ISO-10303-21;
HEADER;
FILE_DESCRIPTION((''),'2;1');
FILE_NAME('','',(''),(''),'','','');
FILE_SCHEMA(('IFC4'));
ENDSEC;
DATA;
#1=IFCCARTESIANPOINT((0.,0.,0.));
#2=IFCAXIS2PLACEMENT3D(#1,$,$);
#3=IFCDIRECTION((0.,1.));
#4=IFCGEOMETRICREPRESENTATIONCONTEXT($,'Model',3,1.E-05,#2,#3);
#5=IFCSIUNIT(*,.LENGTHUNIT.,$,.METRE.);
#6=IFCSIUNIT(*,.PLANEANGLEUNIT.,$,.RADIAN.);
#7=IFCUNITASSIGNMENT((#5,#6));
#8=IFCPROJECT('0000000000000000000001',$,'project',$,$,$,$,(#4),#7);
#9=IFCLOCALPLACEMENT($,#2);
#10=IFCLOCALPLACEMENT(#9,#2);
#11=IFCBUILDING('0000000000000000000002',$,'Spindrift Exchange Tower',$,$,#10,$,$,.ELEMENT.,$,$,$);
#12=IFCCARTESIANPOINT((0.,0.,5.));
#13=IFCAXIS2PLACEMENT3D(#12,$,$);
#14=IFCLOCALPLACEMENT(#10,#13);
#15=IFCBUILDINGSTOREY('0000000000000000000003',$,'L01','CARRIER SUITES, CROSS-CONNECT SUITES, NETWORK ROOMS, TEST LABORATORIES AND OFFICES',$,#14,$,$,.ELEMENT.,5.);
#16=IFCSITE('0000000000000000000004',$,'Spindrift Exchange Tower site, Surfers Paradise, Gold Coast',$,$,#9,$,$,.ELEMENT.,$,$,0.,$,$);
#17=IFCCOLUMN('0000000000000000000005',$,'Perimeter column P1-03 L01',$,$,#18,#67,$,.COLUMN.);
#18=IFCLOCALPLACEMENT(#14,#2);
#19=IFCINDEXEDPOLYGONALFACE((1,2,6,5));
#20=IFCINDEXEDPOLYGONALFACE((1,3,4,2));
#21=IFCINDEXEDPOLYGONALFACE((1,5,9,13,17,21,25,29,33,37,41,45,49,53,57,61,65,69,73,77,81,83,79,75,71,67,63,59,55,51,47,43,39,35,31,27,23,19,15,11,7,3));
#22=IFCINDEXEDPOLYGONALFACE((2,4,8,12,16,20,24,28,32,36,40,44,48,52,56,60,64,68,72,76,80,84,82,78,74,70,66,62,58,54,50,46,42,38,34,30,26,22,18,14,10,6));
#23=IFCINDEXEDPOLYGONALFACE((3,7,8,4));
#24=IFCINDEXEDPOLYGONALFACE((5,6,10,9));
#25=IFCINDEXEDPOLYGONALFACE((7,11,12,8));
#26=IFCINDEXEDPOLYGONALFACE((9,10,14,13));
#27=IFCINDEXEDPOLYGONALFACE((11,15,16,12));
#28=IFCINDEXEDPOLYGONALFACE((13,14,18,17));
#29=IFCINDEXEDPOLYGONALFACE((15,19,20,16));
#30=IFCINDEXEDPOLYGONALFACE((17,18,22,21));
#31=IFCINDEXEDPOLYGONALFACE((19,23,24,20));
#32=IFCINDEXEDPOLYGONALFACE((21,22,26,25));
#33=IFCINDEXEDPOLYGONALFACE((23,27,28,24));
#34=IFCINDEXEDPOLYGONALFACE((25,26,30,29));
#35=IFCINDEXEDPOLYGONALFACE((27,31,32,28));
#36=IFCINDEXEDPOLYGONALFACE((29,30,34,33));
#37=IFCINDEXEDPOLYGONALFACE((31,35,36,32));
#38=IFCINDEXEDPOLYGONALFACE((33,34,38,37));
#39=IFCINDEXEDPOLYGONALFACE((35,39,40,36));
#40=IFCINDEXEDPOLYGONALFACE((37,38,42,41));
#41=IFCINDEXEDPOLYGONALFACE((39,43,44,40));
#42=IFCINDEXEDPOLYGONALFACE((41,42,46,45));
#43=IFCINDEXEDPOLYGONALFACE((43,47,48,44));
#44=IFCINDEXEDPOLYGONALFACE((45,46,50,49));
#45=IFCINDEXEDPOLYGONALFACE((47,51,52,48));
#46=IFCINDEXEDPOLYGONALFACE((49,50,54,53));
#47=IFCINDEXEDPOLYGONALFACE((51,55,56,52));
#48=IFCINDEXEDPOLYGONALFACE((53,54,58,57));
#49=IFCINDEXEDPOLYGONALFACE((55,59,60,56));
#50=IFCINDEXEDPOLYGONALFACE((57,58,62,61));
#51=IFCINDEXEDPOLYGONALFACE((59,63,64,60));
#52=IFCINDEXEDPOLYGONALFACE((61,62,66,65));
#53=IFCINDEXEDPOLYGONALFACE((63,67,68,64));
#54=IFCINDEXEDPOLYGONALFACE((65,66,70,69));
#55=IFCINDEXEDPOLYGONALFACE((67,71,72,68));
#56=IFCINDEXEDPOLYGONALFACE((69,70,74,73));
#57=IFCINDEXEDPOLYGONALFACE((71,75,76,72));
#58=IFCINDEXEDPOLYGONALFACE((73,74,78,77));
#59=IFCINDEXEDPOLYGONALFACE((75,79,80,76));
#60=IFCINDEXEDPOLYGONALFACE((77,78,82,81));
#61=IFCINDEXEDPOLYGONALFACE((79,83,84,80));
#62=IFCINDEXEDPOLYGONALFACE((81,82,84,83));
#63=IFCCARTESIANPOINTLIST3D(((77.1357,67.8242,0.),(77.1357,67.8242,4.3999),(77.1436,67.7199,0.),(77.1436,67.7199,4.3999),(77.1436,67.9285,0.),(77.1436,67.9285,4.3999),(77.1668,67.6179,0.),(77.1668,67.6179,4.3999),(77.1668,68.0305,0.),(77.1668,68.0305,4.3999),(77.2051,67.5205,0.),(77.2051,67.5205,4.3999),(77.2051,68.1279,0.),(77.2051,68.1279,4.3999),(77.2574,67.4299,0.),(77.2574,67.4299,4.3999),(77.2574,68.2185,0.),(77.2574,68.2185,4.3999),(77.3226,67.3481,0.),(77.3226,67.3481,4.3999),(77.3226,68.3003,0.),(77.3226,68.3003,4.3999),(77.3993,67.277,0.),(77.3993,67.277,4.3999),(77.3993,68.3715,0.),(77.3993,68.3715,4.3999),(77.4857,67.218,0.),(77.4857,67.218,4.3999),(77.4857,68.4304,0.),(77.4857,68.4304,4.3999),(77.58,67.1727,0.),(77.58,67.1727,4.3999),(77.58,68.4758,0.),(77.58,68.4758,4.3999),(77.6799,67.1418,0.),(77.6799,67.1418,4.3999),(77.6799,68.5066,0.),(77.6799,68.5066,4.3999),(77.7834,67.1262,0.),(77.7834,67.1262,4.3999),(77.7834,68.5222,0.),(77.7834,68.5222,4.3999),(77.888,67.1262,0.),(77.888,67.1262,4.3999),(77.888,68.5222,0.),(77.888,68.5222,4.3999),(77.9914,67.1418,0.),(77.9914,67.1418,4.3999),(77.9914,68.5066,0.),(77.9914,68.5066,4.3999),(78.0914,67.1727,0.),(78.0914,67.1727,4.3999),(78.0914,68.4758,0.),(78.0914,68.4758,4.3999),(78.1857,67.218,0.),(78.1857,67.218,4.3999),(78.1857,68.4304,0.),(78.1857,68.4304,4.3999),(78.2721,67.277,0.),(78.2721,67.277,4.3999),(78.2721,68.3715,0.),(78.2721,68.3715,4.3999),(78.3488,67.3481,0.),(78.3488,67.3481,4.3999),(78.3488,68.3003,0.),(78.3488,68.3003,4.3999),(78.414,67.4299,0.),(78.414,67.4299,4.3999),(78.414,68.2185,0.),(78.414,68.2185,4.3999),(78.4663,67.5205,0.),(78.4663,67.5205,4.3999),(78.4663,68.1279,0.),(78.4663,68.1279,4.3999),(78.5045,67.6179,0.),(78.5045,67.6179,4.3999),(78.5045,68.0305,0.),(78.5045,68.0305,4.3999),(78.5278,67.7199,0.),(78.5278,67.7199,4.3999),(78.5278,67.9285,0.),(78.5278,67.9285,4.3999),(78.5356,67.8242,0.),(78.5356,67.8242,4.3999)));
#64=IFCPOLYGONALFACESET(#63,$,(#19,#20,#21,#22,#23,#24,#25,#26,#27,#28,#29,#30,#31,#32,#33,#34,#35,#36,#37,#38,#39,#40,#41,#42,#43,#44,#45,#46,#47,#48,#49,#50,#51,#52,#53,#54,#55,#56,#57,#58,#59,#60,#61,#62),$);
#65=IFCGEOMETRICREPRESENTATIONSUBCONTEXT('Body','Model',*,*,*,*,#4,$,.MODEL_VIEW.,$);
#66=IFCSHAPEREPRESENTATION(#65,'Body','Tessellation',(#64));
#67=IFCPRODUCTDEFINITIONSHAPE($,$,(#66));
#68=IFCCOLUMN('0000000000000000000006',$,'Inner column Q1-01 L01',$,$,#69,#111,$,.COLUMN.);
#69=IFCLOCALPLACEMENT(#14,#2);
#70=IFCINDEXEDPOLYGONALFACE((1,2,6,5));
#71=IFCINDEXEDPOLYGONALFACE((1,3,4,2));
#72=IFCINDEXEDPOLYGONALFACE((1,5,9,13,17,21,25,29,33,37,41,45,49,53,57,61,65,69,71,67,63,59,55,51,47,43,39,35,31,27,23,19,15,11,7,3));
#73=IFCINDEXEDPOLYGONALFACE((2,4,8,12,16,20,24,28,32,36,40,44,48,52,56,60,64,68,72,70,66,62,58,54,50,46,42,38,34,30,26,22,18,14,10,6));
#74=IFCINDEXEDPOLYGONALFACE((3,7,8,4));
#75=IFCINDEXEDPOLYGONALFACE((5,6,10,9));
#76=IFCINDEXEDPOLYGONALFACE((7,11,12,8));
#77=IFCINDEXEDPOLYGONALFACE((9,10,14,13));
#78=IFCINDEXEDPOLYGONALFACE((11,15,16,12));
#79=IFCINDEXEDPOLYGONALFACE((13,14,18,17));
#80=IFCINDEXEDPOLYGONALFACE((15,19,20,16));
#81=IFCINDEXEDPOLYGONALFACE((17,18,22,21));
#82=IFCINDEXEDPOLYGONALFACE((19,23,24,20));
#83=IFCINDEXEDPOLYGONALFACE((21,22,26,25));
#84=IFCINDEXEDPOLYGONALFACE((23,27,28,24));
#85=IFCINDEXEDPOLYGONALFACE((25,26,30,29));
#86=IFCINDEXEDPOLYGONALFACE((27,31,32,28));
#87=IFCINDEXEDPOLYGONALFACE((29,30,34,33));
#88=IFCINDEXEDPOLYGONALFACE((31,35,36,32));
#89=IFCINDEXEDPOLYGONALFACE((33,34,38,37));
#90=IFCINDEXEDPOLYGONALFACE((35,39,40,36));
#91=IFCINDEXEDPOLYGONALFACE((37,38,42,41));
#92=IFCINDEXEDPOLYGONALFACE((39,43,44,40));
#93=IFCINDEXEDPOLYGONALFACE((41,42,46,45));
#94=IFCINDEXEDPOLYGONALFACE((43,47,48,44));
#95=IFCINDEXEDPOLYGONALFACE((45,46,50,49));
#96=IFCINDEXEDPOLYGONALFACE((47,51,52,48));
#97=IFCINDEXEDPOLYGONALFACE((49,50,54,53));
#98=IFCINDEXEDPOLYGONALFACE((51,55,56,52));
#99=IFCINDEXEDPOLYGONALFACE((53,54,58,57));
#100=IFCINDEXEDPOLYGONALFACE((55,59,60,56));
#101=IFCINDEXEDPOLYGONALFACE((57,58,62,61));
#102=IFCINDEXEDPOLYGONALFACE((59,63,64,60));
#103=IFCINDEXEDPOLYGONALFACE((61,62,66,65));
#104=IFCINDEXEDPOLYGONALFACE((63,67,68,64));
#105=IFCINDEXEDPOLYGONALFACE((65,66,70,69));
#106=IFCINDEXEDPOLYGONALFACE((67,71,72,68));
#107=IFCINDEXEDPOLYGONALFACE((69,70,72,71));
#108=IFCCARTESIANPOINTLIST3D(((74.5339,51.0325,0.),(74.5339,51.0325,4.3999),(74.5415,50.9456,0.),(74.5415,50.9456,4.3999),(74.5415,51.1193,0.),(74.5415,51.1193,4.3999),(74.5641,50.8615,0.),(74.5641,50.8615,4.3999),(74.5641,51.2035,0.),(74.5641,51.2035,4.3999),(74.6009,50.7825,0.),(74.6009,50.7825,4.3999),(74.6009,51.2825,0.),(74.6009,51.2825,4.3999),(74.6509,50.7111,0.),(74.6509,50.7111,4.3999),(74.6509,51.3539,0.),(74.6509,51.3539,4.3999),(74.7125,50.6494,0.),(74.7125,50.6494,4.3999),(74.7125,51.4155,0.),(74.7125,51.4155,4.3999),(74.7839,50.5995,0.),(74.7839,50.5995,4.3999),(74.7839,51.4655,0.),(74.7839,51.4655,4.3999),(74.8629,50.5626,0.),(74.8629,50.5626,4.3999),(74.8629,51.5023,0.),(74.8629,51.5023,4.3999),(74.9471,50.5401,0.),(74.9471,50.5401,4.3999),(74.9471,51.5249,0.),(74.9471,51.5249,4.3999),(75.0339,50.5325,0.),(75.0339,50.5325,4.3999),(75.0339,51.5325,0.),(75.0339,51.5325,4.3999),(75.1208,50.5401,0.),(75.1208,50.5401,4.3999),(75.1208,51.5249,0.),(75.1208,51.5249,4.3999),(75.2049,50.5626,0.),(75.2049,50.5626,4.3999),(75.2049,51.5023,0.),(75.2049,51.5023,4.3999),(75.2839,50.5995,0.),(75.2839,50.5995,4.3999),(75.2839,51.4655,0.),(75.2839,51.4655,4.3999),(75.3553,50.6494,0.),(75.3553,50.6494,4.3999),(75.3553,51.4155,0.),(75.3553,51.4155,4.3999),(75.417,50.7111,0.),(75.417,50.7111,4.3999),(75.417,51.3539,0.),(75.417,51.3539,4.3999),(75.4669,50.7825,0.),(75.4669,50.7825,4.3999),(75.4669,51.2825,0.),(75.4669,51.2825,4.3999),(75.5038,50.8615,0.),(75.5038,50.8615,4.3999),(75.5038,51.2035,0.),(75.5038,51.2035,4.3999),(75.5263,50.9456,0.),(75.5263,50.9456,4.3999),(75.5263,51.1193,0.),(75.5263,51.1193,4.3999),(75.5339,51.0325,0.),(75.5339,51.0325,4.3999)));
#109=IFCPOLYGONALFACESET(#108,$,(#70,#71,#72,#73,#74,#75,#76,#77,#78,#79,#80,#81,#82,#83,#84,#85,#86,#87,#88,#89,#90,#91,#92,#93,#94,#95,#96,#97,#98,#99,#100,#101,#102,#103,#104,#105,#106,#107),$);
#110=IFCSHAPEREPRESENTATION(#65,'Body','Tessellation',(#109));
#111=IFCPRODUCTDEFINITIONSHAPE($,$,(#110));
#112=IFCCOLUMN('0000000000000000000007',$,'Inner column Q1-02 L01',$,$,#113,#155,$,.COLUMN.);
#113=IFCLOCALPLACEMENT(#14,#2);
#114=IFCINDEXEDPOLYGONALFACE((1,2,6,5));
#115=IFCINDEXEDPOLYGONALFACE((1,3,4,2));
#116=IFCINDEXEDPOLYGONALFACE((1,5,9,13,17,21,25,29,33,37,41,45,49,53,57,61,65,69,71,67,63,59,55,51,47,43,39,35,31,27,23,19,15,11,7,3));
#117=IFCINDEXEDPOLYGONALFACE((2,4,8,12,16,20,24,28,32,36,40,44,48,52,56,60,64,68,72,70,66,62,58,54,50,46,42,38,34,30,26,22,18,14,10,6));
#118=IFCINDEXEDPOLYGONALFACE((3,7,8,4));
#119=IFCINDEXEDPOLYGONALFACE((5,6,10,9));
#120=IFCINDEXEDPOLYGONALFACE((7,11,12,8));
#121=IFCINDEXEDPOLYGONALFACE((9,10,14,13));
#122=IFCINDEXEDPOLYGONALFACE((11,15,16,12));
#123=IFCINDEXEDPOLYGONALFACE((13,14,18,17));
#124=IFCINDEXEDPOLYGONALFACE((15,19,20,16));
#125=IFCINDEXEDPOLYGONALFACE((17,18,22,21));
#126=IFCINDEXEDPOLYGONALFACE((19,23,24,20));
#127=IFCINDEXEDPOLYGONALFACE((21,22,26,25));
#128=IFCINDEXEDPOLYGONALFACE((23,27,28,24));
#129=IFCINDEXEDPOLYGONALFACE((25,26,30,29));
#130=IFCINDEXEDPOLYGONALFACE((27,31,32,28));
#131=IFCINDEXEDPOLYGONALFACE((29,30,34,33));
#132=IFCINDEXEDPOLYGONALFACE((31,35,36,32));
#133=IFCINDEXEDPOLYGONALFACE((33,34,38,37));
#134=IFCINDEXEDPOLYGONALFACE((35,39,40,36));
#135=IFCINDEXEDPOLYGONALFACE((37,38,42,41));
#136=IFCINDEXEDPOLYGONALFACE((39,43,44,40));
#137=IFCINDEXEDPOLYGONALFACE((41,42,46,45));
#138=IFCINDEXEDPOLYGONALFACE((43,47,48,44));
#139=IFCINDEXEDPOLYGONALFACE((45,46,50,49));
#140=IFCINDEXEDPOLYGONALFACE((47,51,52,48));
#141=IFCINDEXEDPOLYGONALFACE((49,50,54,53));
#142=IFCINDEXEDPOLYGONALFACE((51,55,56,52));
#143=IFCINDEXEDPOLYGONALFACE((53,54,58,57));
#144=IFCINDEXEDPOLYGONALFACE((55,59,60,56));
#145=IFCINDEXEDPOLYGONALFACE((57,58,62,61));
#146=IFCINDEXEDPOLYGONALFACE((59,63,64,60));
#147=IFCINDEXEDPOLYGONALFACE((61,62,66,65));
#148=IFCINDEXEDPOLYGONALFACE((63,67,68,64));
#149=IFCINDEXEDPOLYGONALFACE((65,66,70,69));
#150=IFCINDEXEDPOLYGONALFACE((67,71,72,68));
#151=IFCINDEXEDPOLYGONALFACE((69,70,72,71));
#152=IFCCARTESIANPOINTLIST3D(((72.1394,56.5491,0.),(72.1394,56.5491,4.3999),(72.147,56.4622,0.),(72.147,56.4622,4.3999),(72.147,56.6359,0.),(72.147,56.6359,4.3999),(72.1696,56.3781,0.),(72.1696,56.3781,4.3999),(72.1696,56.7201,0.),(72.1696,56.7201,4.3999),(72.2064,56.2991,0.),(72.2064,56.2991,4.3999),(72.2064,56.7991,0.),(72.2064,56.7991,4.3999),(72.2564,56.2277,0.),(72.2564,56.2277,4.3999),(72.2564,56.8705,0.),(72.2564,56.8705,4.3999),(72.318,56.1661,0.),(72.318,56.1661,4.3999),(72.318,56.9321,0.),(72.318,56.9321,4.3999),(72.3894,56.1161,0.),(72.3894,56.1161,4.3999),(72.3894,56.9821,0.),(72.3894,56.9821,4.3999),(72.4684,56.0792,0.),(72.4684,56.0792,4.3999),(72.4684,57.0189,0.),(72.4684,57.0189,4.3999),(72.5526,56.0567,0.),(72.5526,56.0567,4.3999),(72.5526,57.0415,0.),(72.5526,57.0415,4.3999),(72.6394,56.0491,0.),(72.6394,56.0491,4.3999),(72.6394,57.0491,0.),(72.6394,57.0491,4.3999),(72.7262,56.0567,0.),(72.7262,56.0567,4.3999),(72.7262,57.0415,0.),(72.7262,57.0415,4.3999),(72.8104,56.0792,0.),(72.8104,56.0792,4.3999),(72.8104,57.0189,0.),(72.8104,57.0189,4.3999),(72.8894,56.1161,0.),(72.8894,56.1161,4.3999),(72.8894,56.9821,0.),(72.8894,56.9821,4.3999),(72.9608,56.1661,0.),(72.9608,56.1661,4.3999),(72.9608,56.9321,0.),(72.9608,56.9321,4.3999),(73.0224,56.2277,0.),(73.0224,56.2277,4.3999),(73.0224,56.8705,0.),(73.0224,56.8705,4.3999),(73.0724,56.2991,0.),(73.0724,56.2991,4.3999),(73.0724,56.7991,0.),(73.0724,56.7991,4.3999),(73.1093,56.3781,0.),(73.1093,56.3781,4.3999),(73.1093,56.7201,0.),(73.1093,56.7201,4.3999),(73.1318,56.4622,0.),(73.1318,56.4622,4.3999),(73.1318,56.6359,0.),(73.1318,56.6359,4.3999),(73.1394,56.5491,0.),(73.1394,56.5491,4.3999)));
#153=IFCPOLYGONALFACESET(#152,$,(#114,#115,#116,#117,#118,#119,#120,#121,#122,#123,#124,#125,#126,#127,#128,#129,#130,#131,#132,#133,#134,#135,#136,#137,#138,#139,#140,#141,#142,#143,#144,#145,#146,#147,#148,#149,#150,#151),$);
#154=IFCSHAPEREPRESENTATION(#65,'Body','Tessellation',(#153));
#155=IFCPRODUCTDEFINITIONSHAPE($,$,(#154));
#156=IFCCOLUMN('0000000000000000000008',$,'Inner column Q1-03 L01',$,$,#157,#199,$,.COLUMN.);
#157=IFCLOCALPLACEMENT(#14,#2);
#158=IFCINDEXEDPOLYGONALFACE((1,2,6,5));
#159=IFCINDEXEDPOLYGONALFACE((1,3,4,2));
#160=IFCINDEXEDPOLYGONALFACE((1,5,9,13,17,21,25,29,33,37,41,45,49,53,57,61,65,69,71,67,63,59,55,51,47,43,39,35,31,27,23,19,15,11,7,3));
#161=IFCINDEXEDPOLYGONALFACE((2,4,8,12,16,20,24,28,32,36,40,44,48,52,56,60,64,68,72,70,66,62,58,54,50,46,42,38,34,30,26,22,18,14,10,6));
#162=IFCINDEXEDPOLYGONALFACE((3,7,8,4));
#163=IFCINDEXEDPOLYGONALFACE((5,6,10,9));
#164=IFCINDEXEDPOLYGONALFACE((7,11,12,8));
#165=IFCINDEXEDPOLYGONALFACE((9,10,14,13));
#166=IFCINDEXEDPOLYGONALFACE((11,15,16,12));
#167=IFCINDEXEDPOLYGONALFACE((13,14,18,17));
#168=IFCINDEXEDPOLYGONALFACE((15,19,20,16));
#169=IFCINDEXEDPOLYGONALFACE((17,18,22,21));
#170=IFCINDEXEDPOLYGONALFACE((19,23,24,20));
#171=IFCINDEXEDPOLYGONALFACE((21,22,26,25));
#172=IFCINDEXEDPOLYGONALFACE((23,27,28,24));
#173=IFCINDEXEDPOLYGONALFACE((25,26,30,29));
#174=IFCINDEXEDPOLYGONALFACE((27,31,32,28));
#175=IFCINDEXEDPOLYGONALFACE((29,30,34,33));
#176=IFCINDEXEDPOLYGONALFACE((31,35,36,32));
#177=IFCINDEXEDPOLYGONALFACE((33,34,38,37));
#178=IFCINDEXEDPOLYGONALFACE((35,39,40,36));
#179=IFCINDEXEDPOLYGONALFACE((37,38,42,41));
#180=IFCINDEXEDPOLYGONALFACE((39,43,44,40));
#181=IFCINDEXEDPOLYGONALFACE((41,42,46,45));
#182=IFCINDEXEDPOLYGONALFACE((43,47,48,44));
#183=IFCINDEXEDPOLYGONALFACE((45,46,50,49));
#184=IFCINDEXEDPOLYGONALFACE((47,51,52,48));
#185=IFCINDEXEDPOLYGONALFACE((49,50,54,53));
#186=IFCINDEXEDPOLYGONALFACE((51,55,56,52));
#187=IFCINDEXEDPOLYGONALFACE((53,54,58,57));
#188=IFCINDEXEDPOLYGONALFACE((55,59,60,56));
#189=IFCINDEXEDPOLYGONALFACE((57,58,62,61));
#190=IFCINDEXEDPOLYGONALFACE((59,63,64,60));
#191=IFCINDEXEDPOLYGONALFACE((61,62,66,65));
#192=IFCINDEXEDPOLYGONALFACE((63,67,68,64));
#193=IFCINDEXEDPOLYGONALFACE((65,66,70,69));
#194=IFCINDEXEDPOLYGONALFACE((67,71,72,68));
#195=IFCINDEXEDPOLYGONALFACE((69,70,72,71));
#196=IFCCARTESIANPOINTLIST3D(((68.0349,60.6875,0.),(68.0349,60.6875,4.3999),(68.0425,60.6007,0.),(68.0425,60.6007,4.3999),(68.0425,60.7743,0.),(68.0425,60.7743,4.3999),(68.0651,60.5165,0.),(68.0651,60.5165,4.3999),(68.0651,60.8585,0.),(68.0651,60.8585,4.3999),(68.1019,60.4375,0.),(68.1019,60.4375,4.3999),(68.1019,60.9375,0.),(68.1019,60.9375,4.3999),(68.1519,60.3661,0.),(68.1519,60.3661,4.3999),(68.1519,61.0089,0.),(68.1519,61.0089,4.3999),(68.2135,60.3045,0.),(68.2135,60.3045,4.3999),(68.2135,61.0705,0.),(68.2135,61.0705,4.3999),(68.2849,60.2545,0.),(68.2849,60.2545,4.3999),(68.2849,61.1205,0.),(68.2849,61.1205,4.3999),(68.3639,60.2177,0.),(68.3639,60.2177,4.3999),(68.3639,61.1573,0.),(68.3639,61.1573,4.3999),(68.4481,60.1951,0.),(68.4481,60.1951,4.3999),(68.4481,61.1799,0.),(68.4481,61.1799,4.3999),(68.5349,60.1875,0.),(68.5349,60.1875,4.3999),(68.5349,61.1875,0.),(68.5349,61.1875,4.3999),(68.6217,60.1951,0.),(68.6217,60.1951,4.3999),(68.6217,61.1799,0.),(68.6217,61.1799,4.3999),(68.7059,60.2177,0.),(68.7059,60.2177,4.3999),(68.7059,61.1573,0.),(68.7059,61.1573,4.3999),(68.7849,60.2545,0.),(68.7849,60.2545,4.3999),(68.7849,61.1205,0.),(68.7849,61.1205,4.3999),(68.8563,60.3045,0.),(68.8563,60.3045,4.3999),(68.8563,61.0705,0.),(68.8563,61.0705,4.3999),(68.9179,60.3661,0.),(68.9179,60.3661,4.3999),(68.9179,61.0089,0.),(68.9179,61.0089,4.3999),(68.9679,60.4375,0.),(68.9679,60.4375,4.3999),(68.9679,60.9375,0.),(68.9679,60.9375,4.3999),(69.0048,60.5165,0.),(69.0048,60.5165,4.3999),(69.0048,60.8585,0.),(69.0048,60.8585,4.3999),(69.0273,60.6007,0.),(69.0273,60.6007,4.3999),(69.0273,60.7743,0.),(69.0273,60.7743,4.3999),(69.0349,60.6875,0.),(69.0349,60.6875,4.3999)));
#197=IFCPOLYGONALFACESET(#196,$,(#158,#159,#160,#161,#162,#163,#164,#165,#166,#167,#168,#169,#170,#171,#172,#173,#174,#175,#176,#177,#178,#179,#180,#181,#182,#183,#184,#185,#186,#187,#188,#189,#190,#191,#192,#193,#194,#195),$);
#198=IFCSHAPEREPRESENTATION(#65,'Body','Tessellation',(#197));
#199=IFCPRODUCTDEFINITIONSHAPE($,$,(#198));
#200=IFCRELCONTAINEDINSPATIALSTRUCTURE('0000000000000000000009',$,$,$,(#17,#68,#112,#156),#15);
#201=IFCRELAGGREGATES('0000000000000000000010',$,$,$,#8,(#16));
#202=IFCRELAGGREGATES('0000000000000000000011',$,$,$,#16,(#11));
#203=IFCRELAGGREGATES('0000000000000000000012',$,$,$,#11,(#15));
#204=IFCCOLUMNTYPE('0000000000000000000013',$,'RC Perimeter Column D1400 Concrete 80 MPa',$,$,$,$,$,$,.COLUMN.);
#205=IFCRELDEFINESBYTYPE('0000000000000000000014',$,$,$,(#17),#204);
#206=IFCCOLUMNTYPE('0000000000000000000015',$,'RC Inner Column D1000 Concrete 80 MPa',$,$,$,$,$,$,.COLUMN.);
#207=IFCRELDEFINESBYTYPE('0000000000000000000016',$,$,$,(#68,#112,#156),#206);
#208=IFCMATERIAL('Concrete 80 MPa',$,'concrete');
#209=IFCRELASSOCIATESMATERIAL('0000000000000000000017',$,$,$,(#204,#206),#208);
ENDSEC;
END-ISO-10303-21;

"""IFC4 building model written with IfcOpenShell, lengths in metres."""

from ifc_helpers import new_model, si_unit, direction, frame, origin, origin_2d, place, context, subcontext, project, spatial, circle, extrude, source, transform, mapped, material, material_profile, profile_set, type_object, element, save


model = new_model("IFC4")

# Units and contexts
model_context = context("Model", 3, precision=1e-05, world=origin(), true_north=direction((0.0, 1.0)))
body_context = subcontext(model_context, "Body", "Model", "MODEL_VIEW")
ifc_project = project(units=[si_unit("LENGTHUNIT", "METRE"), si_unit("PLANEANGLEUNIT", "RADIAN")], contexts=[model_context])

# Site, building, storey
site_placement = place(None, origin())
site = spatial("IfcSite", under=ifc_project, at=site_placement, Name="Spindrift Exchange Tower site, Surfers Paradise, Gold Coast", CompositionType="ELEMENT", RefElevation=0.0)
building_placement = place(site_placement, origin())
building = spatial("IfcBuilding", under=site, at=building_placement, Name="Spindrift Exchange Tower", CompositionType="ELEMENT")
storey_placement = place(building_placement, frame((0.0, 0.0, 5.0)))
storey = spatial("IfcBuildingStorey", under=building, at=storey_placement, Name="L01", Description="CARRIER SUITES, CROSS-CONNECT SUITES, NETWORK ROOMS, TEST LABORATORIES AND OFFICES", CompositionType="ELEMENT", Elevation=5.0)

# Columns
ifc_material_1 = material(Name="Concrete 80 MPa", Category="concrete")
ifc_material_profile_1 = material_profile(ifc_material_1, circle(Radius=0.7, at=origin_2d()), Name="RC D1400")
ifc_profile_set_1 = profile_set([ifc_material_profile_1], Name="Concrete 80 MPa")
column_type_1 = type_object("IfcColumnType", Name="RC Perimeter Column D1400 Concrete 80 MPa", PredefinedType="COLUMN", material=ifc_profile_set_1)
shared_shape_1 = source(origin(), body_context, "Body", "SweptSolid", [
    extrude(circle(Radius=0.7, at=origin_2d()), origin(), (0.0, 0.0, 1.0), 4.3999),
])
column_placement = place(storey_placement, frame((77.8357, 67.8242, 0.0), z_axis=(0.0, 0.0, 1.0), x_axis=(1.0, 0.0, 0.0)))
element("IfcColumn", 1, at=column_placement, inside=storey, type_object=column_type_1, Name="Perimeter column P1-03 L01", PredefinedType="COLUMN", context=body_context, shape_type="MappedRepresentation", body=[
    mapped(shared_shape_1, transform((0.0, 0.0, 0.0), scale=1.0)),
])
ifc_material_profile_2 = material_profile(ifc_material_1, circle(Radius=0.5, at=origin_2d()), Name="RC D1000")
ifc_profile_set_2 = profile_set([ifc_material_profile_2], Name="Concrete 80 MPa")
column_type_2 = type_object("IfcColumnType", Name="RC Inner Column D1000 Concrete 80 MPa", PredefinedType="COLUMN", material=ifc_profile_set_2)
shared_shape_2 = source(origin(), body_context, "Body", "SweptSolid", [
    extrude(circle(Radius=0.5, at=origin_2d()), origin(), (0.0, 0.0, 1.0), 4.3999),
])
for number, where, z_axis, x_axis, name in (
    (2, (75.0339, 51.0325, 0.0), (0.0, 0.0, 1.0), (1.0, 0.0, 0.0), "Inner column Q1-01 L01"),
    (3, (72.6394, 56.5491, 0.0), (0.0, 0.0, 1.0), (1.0, 0.0, 0.0), "Inner column Q1-02 L01"),
    (4, (68.5349, 60.6875, 0.0), (0.0, 0.0, 1.0), (1.0, 0.0, 0.0), "Inner column Q1-03 L01"),
):
    element("IfcColumn", number, at=place(storey_placement, frame(where, z_axis=z_axis, x_axis=x_axis)), inside=storey, type_object=column_type_2, Name=name, PredefinedType="COLUMN", context=body_context, shape_type="MappedRepresentation", body=[
        mapped(shared_shape_2, transform((0.0, 0.0, 0.0), scale=1.0)),
    ])

save(model, "model.ifc")
